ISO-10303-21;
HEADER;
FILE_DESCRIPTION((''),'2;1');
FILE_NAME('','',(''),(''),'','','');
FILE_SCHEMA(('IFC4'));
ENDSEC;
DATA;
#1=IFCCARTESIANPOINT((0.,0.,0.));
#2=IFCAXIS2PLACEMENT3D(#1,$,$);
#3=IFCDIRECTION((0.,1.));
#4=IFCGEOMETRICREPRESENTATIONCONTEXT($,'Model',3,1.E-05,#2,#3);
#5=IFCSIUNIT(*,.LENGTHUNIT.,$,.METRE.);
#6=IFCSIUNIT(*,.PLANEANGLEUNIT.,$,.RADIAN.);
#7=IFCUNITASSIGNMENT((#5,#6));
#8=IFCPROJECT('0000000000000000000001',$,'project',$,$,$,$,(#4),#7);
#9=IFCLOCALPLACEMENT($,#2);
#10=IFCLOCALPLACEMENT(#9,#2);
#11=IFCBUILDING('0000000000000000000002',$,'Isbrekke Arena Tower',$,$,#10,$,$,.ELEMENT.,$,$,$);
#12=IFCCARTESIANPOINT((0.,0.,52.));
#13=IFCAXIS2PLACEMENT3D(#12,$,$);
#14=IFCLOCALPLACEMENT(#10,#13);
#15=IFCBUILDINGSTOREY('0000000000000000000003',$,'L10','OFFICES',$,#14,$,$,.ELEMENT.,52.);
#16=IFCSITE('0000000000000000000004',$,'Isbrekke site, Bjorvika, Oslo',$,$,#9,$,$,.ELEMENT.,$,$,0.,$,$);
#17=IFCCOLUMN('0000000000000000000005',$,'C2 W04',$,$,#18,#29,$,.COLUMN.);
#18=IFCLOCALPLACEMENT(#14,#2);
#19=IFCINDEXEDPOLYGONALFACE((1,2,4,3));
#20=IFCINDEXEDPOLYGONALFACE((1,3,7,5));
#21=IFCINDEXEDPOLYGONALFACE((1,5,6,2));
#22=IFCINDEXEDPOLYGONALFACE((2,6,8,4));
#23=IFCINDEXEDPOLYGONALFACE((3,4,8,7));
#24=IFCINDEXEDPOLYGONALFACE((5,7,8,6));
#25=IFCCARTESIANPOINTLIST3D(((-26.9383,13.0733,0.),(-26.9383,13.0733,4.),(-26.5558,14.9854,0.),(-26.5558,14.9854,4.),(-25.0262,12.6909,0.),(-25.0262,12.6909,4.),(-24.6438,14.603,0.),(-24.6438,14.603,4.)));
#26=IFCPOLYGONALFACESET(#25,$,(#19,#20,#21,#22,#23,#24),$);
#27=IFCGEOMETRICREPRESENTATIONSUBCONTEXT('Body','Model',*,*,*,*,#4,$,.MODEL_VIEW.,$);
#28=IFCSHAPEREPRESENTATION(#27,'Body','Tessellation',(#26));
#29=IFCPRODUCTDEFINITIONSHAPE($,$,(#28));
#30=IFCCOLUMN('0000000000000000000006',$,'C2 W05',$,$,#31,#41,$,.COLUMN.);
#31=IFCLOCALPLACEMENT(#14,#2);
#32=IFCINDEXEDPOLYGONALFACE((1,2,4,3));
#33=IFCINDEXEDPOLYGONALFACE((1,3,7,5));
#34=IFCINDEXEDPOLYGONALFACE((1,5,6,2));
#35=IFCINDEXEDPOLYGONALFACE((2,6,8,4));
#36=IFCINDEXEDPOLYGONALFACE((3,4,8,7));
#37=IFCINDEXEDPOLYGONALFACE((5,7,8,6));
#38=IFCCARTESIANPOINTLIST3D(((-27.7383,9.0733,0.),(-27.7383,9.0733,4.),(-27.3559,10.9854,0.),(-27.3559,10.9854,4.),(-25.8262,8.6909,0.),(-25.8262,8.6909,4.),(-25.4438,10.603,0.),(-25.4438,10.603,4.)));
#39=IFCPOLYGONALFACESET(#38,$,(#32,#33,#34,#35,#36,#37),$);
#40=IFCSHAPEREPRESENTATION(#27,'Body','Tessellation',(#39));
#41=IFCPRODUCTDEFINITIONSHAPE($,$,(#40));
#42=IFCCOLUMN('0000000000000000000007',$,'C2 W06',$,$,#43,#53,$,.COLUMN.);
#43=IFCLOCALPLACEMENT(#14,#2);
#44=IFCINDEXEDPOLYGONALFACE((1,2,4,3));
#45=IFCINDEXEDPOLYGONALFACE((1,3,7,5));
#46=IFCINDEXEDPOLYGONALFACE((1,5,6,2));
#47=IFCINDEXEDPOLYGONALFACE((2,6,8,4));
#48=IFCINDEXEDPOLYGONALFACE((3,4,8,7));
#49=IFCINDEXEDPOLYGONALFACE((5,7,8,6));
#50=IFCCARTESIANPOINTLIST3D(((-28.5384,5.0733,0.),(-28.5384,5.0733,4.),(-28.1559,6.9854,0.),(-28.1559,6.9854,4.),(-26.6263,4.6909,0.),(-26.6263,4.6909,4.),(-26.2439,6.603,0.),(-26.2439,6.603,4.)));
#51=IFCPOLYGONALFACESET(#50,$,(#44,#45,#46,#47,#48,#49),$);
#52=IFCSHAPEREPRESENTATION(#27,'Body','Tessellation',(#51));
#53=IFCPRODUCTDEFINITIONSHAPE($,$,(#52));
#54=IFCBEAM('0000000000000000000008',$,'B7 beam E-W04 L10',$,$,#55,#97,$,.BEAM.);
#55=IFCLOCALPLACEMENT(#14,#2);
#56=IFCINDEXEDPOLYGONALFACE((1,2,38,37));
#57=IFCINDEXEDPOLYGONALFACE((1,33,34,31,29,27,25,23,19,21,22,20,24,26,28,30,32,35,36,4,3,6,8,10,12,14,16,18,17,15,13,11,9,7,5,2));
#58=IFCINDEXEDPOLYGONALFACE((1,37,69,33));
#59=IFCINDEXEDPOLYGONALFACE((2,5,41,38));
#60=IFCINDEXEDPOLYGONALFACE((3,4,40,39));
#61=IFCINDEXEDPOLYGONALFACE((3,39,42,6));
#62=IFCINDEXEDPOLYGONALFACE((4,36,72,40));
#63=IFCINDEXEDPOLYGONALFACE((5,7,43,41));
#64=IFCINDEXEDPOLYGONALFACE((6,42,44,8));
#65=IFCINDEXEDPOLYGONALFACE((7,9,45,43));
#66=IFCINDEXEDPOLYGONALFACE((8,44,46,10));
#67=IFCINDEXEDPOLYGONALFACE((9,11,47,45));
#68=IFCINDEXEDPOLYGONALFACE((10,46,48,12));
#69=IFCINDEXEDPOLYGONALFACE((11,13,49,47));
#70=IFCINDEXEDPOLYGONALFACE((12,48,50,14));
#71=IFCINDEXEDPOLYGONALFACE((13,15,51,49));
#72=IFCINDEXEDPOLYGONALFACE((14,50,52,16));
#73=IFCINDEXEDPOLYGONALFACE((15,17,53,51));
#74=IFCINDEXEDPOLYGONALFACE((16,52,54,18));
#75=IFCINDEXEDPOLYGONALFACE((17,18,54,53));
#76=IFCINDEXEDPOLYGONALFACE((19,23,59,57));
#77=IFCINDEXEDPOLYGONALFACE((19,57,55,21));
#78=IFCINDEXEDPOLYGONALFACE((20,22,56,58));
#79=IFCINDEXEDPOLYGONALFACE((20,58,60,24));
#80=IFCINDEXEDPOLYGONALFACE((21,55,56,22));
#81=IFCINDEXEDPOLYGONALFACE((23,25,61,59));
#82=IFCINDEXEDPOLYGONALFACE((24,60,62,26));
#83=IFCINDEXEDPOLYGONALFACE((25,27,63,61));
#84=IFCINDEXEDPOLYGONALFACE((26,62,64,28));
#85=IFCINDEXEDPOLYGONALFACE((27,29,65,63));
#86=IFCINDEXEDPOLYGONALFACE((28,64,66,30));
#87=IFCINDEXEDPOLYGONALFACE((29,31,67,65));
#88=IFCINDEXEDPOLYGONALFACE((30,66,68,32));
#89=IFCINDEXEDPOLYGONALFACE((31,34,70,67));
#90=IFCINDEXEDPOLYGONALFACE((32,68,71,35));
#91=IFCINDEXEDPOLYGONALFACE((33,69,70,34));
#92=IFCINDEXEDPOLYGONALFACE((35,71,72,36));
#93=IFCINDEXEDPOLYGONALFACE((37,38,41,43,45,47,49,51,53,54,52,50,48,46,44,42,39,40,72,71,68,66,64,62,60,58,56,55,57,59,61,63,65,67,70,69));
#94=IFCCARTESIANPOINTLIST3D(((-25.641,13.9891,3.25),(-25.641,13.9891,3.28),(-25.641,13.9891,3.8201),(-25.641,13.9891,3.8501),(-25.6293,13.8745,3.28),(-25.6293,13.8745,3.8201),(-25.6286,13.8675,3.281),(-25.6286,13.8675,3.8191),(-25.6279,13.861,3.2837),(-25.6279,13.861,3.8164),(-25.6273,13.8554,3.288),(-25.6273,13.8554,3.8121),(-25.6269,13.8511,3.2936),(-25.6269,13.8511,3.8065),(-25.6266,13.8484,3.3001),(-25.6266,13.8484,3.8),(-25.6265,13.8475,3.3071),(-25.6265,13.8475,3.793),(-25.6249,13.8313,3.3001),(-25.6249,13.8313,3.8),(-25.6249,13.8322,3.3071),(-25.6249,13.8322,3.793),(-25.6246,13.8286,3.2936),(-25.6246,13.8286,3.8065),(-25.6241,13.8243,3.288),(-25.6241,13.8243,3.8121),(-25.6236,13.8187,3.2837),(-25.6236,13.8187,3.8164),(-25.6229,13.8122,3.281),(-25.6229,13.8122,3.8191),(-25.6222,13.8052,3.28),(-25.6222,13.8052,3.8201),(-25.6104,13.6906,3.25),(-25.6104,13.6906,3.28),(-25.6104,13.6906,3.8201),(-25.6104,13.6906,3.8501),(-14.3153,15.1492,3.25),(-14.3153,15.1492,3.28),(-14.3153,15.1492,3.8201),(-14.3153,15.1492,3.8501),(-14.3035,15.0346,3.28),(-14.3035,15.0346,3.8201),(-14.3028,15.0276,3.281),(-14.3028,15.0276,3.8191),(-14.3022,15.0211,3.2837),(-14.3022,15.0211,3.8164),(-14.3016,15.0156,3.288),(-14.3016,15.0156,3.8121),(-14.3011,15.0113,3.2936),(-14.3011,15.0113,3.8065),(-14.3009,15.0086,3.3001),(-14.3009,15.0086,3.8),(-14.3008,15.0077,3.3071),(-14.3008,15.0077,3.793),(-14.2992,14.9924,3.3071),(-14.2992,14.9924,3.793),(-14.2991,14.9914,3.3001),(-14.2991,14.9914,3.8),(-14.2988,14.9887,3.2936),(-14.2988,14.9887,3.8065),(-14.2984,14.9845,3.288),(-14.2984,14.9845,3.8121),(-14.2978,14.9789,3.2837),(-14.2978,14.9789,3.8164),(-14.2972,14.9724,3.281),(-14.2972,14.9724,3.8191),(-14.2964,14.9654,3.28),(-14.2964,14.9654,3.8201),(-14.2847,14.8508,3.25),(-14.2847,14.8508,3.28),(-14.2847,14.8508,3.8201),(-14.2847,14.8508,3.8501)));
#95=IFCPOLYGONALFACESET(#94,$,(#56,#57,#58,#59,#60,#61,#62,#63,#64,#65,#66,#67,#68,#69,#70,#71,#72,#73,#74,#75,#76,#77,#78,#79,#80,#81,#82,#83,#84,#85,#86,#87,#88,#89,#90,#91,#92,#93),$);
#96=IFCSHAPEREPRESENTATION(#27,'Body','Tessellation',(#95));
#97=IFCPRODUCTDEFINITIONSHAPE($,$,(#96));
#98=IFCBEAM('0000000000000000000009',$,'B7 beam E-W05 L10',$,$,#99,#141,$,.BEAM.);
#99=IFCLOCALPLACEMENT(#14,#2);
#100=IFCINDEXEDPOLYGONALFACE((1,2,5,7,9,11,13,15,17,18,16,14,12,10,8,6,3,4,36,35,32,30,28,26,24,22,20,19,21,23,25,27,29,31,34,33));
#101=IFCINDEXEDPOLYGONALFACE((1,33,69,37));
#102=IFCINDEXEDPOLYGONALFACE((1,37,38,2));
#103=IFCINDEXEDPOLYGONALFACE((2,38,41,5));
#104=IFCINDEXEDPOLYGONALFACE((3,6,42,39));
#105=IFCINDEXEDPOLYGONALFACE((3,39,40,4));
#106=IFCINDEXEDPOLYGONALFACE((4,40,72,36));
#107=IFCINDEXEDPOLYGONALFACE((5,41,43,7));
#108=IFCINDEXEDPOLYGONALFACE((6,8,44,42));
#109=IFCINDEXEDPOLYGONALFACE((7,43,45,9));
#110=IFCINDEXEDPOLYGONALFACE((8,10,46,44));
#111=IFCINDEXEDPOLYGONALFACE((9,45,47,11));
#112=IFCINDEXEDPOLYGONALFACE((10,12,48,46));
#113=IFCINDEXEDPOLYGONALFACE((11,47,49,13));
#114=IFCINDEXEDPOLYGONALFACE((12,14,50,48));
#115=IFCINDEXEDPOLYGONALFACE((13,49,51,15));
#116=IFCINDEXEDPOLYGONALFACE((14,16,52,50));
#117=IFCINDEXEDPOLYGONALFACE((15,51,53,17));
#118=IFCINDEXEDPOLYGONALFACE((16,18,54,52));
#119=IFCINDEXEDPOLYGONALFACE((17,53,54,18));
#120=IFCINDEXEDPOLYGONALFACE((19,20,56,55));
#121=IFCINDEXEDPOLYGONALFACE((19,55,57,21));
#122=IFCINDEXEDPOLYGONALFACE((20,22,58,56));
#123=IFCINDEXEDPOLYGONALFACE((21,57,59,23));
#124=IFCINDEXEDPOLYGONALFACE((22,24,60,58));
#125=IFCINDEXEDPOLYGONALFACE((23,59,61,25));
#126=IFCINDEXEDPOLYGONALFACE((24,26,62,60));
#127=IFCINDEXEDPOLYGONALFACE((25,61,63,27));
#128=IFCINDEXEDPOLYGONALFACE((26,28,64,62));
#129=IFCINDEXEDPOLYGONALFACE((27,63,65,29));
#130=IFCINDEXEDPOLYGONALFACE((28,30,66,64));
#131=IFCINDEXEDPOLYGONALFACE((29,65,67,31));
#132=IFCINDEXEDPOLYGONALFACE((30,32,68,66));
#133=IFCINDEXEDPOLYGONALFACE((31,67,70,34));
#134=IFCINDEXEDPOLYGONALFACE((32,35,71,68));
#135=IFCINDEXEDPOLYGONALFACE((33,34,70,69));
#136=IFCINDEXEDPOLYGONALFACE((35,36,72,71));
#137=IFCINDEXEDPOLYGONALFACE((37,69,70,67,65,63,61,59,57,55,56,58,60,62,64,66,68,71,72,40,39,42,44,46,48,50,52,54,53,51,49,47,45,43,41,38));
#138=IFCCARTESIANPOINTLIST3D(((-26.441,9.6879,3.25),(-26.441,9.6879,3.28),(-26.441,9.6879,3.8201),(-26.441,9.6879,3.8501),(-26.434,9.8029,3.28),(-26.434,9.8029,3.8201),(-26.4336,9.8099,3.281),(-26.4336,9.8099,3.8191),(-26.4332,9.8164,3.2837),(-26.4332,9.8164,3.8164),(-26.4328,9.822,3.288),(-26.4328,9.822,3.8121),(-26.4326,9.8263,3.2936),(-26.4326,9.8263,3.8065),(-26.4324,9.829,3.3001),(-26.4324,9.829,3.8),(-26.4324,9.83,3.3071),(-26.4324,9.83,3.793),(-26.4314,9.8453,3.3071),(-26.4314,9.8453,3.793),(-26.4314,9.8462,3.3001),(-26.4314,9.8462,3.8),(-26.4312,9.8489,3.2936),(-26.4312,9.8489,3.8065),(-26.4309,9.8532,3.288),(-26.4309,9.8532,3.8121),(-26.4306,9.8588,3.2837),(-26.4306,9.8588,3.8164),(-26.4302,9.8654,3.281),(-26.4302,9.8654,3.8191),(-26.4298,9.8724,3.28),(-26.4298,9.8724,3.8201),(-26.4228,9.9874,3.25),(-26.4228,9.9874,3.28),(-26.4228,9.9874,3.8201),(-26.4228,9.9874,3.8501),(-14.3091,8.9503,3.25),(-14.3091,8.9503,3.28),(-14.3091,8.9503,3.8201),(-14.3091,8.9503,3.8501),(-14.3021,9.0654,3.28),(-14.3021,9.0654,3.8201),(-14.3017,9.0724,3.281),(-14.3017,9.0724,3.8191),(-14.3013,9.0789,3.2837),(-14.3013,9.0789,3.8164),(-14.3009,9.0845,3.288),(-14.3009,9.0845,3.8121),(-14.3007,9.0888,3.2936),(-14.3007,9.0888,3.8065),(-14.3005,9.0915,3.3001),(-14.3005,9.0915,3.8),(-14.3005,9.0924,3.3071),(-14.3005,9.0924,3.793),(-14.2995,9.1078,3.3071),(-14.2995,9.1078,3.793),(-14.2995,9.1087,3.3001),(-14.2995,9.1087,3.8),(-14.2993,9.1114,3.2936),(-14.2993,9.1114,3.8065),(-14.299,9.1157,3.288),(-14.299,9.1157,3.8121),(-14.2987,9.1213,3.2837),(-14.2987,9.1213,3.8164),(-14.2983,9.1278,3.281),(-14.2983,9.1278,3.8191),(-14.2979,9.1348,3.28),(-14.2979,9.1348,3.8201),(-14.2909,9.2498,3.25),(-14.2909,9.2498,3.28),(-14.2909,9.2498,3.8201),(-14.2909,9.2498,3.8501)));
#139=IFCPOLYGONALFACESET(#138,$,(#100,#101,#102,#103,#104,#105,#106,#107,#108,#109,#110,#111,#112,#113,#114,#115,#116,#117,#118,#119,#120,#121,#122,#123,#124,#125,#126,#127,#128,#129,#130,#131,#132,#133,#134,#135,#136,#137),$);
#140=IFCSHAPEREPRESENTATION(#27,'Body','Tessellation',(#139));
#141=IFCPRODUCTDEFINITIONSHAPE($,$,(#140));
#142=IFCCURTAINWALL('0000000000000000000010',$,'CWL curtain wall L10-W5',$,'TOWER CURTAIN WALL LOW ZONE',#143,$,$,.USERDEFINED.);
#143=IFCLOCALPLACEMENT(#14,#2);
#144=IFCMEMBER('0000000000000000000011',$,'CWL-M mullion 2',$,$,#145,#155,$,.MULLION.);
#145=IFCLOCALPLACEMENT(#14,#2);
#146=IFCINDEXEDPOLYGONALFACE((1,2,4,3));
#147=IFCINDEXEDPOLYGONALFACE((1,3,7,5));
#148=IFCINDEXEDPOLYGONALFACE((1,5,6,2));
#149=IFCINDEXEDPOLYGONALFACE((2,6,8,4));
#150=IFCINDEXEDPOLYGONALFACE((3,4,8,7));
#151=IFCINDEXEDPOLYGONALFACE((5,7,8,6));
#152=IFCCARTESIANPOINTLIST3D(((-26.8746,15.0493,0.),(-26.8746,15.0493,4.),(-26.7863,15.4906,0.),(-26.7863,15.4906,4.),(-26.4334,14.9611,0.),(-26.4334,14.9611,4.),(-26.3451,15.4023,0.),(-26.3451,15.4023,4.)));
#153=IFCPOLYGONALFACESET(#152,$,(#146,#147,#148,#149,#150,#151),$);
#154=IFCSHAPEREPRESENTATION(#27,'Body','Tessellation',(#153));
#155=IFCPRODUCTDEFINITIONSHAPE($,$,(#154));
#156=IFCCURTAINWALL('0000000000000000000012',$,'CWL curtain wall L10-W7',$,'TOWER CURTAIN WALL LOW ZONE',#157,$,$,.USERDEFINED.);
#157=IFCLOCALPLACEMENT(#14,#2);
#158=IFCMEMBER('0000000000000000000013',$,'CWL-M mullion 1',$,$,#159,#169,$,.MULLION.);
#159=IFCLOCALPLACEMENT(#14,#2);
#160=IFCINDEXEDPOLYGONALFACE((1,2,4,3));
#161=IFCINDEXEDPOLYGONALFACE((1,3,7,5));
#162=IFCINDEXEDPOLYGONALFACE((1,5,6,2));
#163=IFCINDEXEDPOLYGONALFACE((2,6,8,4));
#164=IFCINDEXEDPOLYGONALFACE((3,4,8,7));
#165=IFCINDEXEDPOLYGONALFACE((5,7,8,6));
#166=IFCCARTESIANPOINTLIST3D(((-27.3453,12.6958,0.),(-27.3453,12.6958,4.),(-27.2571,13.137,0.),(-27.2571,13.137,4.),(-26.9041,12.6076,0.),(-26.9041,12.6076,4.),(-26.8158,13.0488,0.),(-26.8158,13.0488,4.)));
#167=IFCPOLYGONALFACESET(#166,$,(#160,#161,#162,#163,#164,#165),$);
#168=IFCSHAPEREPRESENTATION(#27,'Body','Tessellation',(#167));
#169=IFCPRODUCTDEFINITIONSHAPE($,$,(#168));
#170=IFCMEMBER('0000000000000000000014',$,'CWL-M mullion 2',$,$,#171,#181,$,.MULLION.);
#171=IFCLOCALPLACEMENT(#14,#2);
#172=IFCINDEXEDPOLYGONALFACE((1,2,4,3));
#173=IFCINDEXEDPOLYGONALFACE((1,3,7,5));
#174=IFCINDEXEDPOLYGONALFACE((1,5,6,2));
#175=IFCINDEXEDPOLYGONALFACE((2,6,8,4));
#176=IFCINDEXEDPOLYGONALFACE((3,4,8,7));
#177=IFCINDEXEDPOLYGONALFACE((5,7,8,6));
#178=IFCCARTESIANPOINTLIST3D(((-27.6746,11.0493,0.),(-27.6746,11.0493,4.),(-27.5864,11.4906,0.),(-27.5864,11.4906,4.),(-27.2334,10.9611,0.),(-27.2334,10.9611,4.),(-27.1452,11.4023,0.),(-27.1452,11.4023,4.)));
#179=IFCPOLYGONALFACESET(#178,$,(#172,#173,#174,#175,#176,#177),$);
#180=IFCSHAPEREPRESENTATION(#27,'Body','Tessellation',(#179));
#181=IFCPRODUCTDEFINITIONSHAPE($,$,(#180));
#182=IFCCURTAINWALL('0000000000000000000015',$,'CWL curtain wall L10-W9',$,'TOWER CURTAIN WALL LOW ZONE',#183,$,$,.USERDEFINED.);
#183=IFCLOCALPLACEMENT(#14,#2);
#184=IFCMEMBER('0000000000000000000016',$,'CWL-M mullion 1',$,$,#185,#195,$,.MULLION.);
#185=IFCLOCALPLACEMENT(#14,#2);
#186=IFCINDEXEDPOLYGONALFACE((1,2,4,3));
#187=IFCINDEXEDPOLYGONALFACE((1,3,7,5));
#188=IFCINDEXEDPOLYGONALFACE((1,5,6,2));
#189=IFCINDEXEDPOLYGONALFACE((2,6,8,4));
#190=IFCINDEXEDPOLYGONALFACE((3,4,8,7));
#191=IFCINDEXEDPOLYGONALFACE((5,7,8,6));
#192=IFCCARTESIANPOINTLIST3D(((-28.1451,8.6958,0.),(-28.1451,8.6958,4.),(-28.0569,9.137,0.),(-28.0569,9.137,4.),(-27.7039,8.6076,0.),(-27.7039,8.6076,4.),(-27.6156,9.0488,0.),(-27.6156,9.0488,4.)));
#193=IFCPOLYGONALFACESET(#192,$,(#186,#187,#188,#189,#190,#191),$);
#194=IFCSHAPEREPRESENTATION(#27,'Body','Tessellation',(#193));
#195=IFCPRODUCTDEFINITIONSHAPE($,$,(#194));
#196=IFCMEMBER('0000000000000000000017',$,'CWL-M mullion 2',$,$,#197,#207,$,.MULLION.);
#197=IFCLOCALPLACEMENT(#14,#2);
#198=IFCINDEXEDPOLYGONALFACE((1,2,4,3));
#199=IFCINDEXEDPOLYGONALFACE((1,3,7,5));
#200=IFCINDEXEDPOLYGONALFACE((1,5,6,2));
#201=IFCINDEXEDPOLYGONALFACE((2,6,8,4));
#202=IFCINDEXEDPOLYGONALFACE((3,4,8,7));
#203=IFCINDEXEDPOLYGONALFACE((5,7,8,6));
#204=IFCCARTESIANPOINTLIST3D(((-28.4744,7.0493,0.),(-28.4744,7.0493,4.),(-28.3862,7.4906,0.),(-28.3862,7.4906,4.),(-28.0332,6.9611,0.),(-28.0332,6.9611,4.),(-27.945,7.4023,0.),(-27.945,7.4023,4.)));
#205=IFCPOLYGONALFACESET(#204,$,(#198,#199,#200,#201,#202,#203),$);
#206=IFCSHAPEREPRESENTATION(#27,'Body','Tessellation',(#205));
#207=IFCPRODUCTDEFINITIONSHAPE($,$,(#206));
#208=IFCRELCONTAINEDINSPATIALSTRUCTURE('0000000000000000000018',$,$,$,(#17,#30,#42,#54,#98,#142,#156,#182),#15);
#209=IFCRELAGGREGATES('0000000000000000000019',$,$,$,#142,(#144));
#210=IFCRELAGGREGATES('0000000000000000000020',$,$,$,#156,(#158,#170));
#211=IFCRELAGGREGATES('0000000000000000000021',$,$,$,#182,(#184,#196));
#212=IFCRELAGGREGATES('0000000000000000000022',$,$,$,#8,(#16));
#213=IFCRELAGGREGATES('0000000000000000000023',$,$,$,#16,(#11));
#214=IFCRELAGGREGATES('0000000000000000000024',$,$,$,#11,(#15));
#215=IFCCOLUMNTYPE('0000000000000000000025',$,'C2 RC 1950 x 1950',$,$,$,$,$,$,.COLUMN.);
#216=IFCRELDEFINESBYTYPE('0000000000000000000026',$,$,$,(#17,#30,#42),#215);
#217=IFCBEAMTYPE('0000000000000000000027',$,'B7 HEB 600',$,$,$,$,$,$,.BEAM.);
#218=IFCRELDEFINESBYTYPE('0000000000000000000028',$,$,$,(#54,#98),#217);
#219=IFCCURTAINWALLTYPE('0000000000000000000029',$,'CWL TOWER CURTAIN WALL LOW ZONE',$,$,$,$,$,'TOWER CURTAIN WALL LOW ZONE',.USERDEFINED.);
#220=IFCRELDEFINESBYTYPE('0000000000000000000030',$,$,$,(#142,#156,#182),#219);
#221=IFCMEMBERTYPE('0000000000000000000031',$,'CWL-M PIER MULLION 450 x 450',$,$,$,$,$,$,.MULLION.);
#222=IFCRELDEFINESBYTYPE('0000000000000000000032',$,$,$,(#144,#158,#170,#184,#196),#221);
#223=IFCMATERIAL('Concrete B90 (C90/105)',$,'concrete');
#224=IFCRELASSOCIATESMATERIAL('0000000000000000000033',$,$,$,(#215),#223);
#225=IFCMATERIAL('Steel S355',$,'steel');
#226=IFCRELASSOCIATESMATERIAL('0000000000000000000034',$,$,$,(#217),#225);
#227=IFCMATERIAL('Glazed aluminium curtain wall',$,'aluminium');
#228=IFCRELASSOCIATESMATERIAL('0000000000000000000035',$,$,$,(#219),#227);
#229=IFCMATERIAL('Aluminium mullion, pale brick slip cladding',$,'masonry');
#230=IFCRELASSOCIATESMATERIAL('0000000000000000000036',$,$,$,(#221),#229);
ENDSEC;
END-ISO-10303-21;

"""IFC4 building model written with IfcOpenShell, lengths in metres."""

from ifc_helpers import new_model, si_unit, direction, frame, origin, origin_2d, place, context, subcontext, project, spatial, rectangle, i_section, extrude, material, material_profile, profile_set, type_object, element, aggregate, save


model = new_model("IFC4")

# Units and contexts
model_context = context("Model", 3, precision=1e-05, world=origin(), true_north=direction((0.0, 1.0)))
body_context = subcontext(model_context, "Body", "Model", "MODEL_VIEW")
ifc_project = project(units=[si_unit("LENGTHUNIT", "METRE"), si_unit("PLANEANGLEUNIT", "RADIAN")], contexts=[model_context])

# Site, building, storey
site_placement = place(None, origin())
site = spatial("IfcSite", under=ifc_project, at=site_placement, Name="Isbrekke site, Bjorvika, Oslo", CompositionType="ELEMENT", RefElevation=0.0)
building_placement = place(site_placement, origin())
building = spatial("IfcBuilding", under=site, at=building_placement, Name="Isbrekke Arena Tower", CompositionType="ELEMENT")
storey_placement = place(building_placement, frame((0.0, 0.0, 52.0)))
storey = spatial("IfcBuildingStorey", under=building, at=storey_placement, Name="L10", Description="OFFICES", CompositionType="ELEMENT", Elevation=52.0)

# Columns
ifc_material_1 = material(Name="Concrete B90 (C90/105)", Category="concrete")
ifc_material_profile_1 = material_profile(ifc_material_1, rectangle(XDim=1.95, YDim=1.95, at=origin_2d()), Name="RC 1950x1950")
ifc_profile_set_1 = profile_set([ifc_material_profile_1], Name="Concrete B90 (C90/105)")
column_type = type_object("IfcColumnType", Name="C2 RC 1950 x 1950", PredefinedType="COLUMN", material=ifc_profile_set_1)
for number, where, z_axis, x_axis, name in (
    (1, (-25.791, 13.8381, 0.0), (0.0, 0.0, 1.0), (-0.196116, -0.980581, 0.0), "C2 W04"),
    (2, (-26.5911, 9.8381, 0.0), (0.0, 0.0, 1.0), (-0.196116, -0.980581, 0.0), "C2 W05"),
    (3, (-27.3911, 5.8381, 0.0), (0.0, 0.0, 1.0), (-0.196116, -0.980581, 0.0), "C2 W06"),
):
    element("IfcColumn", number, at=place(storey_placement, frame(where, z_axis=z_axis, x_axis=x_axis)), inside=storey, type_object=column_type, Name=name, PredefinedType="COLUMN", context=body_context, shape_type="SweptSolid", body=[
        extrude(rectangle(XDim=1.95, YDim=1.95, at=origin_2d()), origin(), (0.0, 0.0, 1.0), 4.0),
    ])

# Beams
ifc_material_2 = material(Name="Steel S355", Category="steel")
ifc_material_profile_2 = material_profile(ifc_material_2, i_section(OverallWidth=0.3, OverallDepth=0.6001, WebThickness=0.0154, FlangeThickness=0.03, FilletRadius=0.0271, at=origin_2d()), Name="HEB 600")
ifc_profile_set_2 = profile_set([ifc_material_profile_2], Name="Steel S355")
beam_type_1 = type_object("IfcBeamType", Name="B7 HEB 600", PredefinedType="BEAM", material=ifc_profile_set_2)
beam_1_placement = place(storey_placement, frame((-25.6257, 13.8398, 3.55), z_axis=(0.994794, 0.101903, 0.0), x_axis=(-0.101903, 0.994794, 0.0)))
element("IfcBeam", 4, at=beam_1_placement, inside=storey, type_object=beam_type_1, Name="B7 beam E-W04 L10", PredefinedType="BEAM", context=body_context, shape_type="SweptSolid", body=[
    extrude(i_section(OverallWidth=0.3, OverallDepth=0.6001, WebThickness=0.0154, FlangeThickness=0.03, FilletRadius=0.0271, at=origin_2d()), origin(), (0.0, 0.0, 1.0), 11.385),
])
beam_2_placement = place(storey_placement, frame((-26.4319, 9.8376, 3.55), z_axis=(0.998157, -0.060682, 0.0), x_axis=(0.060682, 0.998157, 0.0)))
element("IfcBeam", 5, at=beam_2_placement, inside=storey, type_object=beam_type_1, Name="B7 beam E-W05 L10", PredefinedType="BEAM", context=body_context, shape_type="SweptSolid", body=[
    extrude(i_section(OverallWidth=0.3, OverallDepth=0.6001, WebThickness=0.0154, FlangeThickness=0.03, FilletRadius=0.0271, at=origin_2d()), origin(), (0.0, 0.0, 1.0), 12.1543),
])

# Curtain wall, member
ifc_material_3 = material(Name="Glazed aluminium curtain wall", Category="aluminium")
curtain_wall_type = type_object("IfcCurtainWallType", Name="CWL TOWER CURTAIN WALL LOW ZONE", ElementType="TOWER CURTAIN WALL LOW ZONE", PredefinedType="USERDEFINED", material=ifc_material_3)
curtain_wall_1_placement = place(storey_placement, origin())
curtain_wall_1 = element("IfcCurtainWall", 6, at=curtain_wall_1_placement, inside=storey, type_object=curtain_wall_type, Name="CWL curtain wall L10-W5", ObjectType="TOWER CURTAIN WALL LOW ZONE", PredefinedType="USERDEFINED")
ifc_material_4 = material(Name="Aluminium mullion, pale brick slip cladding", Category="masonry")
ifc_material_profile_3 = material_profile(ifc_material_4, rectangle(XDim=0.45, YDim=0.45, at=origin_2d()), Name="PIER 450X450")
ifc_profile_set_3 = profile_set([ifc_material_profile_3], Name="Aluminium mullion, pale brick slip cladding")
member_type_1 = type_object("IfcMemberType", Name="CWL-M PIER MULLION 450 x 450", PredefinedType="MULLION", material=ifc_profile_set_3)
member_1_placement = place(storey_placement, frame((-26.6099, 15.2258, 0.0), z_axis=(0.0, 0.0, 1.0), x_axis=(-0.196116, -0.980581, 0.0)))
member_1 = element("IfcMember", 7, at=member_1_placement, type_object=member_type_1, Name="CWL-M mullion 2", PredefinedType="MULLION", context=body_context, shape_type="SweptSolid", body=[
    extrude(rectangle(XDim=0.45, YDim=0.45, at=origin_2d()), origin(), (0.0, 0.0, 1.0), 4.0),
])

# Curtain walls, members
curtain_wall_2_placement = place(storey_placement, origin())
curtain_wall_2 = element("IfcCurtainWall", 8, at=curtain_wall_2_placement, inside=storey, type_object=curtain_wall_type, Name="CWL curtain wall L10-W7", ObjectType="TOWER CURTAIN WALL LOW ZONE", PredefinedType="USERDEFINED")
member_2_placement = place(storey_placement, frame((-27.0806, 12.8723, 0.0), z_axis=(0.0, 0.0, 1.0), x_axis=(-0.196116, -0.980581, 0.0)))
member_2 = element("IfcMember", 9, at=member_2_placement, type_object=member_type_1, Name="CWL-M mullion 1", PredefinedType="MULLION", context=body_context, shape_type="SweptSolid", body=[
    extrude(rectangle(XDim=0.45, YDim=0.45, at=origin_2d()), origin(), (0.0, 0.0, 1.0), 4.0),
])
member_3_placement = place(storey_placement, frame((-27.4099, 11.2258, 0.0), z_axis=(0.0, 0.0, 1.0), x_axis=(-0.196116, -0.980581, 0.0)))
member_3 = element("IfcMember", 10, at=member_3_placement, type_object=member_type_1, Name="CWL-M mullion 2", PredefinedType="MULLION", context=body_context, shape_type="SweptSolid", body=[
    extrude(rectangle(XDim=0.45, YDim=0.45, at=origin_2d()), origin(), (0.0, 0.0, 1.0), 4.0),
])
curtain_wall_3_placement = place(storey_placement, origin())
curtain_wall_3 = element("IfcCurtainWall", 11, at=curtain_wall_3_placement, inside=storey, type_object=curtain_wall_type, Name="CWL curtain wall L10-W9", ObjectType="TOWER CURTAIN WALL LOW ZONE", PredefinedType="USERDEFINED")
member_4_placement = place(storey_placement, frame((-27.8804, 8.8723, 0.0), z_axis=(0.0, 0.0, 1.0), x_axis=(-0.196116, -0.980581, 0.0)))
member_4 = element("IfcMember", 12, at=member_4_placement, type_object=member_type_1, Name="CWL-M mullion 1", PredefinedType="MULLION", context=body_context, shape_type="SweptSolid", body=[
    extrude(rectangle(XDim=0.45, YDim=0.45, at=origin_2d()), origin(), (0.0, 0.0, 1.0), 4.0),
])
member_5_placement = place(storey_placement, frame((-28.2097, 7.2258, 0.0), z_axis=(0.0, 0.0, 1.0), x_axis=(-0.196116, -0.980581, 0.0)))
member_5 = element("IfcMember", 13, at=member_5_placement, type_object=member_type_1, Name="CWL-M mullion 2", PredefinedType="MULLION", context=body_context, shape_type="SweptSolid", body=[
    extrude(rectangle(XDim=0.45, YDim=0.45, at=origin_2d()), origin(), (0.0, 0.0, 1.0), 4.0),
])

aggregate(curtain_wall_1, [member_1])
aggregate(curtain_wall_2, [member_2, member_3])
aggregate(curtain_wall_3, [member_4, member_5])

save(model, "model.ifc")
